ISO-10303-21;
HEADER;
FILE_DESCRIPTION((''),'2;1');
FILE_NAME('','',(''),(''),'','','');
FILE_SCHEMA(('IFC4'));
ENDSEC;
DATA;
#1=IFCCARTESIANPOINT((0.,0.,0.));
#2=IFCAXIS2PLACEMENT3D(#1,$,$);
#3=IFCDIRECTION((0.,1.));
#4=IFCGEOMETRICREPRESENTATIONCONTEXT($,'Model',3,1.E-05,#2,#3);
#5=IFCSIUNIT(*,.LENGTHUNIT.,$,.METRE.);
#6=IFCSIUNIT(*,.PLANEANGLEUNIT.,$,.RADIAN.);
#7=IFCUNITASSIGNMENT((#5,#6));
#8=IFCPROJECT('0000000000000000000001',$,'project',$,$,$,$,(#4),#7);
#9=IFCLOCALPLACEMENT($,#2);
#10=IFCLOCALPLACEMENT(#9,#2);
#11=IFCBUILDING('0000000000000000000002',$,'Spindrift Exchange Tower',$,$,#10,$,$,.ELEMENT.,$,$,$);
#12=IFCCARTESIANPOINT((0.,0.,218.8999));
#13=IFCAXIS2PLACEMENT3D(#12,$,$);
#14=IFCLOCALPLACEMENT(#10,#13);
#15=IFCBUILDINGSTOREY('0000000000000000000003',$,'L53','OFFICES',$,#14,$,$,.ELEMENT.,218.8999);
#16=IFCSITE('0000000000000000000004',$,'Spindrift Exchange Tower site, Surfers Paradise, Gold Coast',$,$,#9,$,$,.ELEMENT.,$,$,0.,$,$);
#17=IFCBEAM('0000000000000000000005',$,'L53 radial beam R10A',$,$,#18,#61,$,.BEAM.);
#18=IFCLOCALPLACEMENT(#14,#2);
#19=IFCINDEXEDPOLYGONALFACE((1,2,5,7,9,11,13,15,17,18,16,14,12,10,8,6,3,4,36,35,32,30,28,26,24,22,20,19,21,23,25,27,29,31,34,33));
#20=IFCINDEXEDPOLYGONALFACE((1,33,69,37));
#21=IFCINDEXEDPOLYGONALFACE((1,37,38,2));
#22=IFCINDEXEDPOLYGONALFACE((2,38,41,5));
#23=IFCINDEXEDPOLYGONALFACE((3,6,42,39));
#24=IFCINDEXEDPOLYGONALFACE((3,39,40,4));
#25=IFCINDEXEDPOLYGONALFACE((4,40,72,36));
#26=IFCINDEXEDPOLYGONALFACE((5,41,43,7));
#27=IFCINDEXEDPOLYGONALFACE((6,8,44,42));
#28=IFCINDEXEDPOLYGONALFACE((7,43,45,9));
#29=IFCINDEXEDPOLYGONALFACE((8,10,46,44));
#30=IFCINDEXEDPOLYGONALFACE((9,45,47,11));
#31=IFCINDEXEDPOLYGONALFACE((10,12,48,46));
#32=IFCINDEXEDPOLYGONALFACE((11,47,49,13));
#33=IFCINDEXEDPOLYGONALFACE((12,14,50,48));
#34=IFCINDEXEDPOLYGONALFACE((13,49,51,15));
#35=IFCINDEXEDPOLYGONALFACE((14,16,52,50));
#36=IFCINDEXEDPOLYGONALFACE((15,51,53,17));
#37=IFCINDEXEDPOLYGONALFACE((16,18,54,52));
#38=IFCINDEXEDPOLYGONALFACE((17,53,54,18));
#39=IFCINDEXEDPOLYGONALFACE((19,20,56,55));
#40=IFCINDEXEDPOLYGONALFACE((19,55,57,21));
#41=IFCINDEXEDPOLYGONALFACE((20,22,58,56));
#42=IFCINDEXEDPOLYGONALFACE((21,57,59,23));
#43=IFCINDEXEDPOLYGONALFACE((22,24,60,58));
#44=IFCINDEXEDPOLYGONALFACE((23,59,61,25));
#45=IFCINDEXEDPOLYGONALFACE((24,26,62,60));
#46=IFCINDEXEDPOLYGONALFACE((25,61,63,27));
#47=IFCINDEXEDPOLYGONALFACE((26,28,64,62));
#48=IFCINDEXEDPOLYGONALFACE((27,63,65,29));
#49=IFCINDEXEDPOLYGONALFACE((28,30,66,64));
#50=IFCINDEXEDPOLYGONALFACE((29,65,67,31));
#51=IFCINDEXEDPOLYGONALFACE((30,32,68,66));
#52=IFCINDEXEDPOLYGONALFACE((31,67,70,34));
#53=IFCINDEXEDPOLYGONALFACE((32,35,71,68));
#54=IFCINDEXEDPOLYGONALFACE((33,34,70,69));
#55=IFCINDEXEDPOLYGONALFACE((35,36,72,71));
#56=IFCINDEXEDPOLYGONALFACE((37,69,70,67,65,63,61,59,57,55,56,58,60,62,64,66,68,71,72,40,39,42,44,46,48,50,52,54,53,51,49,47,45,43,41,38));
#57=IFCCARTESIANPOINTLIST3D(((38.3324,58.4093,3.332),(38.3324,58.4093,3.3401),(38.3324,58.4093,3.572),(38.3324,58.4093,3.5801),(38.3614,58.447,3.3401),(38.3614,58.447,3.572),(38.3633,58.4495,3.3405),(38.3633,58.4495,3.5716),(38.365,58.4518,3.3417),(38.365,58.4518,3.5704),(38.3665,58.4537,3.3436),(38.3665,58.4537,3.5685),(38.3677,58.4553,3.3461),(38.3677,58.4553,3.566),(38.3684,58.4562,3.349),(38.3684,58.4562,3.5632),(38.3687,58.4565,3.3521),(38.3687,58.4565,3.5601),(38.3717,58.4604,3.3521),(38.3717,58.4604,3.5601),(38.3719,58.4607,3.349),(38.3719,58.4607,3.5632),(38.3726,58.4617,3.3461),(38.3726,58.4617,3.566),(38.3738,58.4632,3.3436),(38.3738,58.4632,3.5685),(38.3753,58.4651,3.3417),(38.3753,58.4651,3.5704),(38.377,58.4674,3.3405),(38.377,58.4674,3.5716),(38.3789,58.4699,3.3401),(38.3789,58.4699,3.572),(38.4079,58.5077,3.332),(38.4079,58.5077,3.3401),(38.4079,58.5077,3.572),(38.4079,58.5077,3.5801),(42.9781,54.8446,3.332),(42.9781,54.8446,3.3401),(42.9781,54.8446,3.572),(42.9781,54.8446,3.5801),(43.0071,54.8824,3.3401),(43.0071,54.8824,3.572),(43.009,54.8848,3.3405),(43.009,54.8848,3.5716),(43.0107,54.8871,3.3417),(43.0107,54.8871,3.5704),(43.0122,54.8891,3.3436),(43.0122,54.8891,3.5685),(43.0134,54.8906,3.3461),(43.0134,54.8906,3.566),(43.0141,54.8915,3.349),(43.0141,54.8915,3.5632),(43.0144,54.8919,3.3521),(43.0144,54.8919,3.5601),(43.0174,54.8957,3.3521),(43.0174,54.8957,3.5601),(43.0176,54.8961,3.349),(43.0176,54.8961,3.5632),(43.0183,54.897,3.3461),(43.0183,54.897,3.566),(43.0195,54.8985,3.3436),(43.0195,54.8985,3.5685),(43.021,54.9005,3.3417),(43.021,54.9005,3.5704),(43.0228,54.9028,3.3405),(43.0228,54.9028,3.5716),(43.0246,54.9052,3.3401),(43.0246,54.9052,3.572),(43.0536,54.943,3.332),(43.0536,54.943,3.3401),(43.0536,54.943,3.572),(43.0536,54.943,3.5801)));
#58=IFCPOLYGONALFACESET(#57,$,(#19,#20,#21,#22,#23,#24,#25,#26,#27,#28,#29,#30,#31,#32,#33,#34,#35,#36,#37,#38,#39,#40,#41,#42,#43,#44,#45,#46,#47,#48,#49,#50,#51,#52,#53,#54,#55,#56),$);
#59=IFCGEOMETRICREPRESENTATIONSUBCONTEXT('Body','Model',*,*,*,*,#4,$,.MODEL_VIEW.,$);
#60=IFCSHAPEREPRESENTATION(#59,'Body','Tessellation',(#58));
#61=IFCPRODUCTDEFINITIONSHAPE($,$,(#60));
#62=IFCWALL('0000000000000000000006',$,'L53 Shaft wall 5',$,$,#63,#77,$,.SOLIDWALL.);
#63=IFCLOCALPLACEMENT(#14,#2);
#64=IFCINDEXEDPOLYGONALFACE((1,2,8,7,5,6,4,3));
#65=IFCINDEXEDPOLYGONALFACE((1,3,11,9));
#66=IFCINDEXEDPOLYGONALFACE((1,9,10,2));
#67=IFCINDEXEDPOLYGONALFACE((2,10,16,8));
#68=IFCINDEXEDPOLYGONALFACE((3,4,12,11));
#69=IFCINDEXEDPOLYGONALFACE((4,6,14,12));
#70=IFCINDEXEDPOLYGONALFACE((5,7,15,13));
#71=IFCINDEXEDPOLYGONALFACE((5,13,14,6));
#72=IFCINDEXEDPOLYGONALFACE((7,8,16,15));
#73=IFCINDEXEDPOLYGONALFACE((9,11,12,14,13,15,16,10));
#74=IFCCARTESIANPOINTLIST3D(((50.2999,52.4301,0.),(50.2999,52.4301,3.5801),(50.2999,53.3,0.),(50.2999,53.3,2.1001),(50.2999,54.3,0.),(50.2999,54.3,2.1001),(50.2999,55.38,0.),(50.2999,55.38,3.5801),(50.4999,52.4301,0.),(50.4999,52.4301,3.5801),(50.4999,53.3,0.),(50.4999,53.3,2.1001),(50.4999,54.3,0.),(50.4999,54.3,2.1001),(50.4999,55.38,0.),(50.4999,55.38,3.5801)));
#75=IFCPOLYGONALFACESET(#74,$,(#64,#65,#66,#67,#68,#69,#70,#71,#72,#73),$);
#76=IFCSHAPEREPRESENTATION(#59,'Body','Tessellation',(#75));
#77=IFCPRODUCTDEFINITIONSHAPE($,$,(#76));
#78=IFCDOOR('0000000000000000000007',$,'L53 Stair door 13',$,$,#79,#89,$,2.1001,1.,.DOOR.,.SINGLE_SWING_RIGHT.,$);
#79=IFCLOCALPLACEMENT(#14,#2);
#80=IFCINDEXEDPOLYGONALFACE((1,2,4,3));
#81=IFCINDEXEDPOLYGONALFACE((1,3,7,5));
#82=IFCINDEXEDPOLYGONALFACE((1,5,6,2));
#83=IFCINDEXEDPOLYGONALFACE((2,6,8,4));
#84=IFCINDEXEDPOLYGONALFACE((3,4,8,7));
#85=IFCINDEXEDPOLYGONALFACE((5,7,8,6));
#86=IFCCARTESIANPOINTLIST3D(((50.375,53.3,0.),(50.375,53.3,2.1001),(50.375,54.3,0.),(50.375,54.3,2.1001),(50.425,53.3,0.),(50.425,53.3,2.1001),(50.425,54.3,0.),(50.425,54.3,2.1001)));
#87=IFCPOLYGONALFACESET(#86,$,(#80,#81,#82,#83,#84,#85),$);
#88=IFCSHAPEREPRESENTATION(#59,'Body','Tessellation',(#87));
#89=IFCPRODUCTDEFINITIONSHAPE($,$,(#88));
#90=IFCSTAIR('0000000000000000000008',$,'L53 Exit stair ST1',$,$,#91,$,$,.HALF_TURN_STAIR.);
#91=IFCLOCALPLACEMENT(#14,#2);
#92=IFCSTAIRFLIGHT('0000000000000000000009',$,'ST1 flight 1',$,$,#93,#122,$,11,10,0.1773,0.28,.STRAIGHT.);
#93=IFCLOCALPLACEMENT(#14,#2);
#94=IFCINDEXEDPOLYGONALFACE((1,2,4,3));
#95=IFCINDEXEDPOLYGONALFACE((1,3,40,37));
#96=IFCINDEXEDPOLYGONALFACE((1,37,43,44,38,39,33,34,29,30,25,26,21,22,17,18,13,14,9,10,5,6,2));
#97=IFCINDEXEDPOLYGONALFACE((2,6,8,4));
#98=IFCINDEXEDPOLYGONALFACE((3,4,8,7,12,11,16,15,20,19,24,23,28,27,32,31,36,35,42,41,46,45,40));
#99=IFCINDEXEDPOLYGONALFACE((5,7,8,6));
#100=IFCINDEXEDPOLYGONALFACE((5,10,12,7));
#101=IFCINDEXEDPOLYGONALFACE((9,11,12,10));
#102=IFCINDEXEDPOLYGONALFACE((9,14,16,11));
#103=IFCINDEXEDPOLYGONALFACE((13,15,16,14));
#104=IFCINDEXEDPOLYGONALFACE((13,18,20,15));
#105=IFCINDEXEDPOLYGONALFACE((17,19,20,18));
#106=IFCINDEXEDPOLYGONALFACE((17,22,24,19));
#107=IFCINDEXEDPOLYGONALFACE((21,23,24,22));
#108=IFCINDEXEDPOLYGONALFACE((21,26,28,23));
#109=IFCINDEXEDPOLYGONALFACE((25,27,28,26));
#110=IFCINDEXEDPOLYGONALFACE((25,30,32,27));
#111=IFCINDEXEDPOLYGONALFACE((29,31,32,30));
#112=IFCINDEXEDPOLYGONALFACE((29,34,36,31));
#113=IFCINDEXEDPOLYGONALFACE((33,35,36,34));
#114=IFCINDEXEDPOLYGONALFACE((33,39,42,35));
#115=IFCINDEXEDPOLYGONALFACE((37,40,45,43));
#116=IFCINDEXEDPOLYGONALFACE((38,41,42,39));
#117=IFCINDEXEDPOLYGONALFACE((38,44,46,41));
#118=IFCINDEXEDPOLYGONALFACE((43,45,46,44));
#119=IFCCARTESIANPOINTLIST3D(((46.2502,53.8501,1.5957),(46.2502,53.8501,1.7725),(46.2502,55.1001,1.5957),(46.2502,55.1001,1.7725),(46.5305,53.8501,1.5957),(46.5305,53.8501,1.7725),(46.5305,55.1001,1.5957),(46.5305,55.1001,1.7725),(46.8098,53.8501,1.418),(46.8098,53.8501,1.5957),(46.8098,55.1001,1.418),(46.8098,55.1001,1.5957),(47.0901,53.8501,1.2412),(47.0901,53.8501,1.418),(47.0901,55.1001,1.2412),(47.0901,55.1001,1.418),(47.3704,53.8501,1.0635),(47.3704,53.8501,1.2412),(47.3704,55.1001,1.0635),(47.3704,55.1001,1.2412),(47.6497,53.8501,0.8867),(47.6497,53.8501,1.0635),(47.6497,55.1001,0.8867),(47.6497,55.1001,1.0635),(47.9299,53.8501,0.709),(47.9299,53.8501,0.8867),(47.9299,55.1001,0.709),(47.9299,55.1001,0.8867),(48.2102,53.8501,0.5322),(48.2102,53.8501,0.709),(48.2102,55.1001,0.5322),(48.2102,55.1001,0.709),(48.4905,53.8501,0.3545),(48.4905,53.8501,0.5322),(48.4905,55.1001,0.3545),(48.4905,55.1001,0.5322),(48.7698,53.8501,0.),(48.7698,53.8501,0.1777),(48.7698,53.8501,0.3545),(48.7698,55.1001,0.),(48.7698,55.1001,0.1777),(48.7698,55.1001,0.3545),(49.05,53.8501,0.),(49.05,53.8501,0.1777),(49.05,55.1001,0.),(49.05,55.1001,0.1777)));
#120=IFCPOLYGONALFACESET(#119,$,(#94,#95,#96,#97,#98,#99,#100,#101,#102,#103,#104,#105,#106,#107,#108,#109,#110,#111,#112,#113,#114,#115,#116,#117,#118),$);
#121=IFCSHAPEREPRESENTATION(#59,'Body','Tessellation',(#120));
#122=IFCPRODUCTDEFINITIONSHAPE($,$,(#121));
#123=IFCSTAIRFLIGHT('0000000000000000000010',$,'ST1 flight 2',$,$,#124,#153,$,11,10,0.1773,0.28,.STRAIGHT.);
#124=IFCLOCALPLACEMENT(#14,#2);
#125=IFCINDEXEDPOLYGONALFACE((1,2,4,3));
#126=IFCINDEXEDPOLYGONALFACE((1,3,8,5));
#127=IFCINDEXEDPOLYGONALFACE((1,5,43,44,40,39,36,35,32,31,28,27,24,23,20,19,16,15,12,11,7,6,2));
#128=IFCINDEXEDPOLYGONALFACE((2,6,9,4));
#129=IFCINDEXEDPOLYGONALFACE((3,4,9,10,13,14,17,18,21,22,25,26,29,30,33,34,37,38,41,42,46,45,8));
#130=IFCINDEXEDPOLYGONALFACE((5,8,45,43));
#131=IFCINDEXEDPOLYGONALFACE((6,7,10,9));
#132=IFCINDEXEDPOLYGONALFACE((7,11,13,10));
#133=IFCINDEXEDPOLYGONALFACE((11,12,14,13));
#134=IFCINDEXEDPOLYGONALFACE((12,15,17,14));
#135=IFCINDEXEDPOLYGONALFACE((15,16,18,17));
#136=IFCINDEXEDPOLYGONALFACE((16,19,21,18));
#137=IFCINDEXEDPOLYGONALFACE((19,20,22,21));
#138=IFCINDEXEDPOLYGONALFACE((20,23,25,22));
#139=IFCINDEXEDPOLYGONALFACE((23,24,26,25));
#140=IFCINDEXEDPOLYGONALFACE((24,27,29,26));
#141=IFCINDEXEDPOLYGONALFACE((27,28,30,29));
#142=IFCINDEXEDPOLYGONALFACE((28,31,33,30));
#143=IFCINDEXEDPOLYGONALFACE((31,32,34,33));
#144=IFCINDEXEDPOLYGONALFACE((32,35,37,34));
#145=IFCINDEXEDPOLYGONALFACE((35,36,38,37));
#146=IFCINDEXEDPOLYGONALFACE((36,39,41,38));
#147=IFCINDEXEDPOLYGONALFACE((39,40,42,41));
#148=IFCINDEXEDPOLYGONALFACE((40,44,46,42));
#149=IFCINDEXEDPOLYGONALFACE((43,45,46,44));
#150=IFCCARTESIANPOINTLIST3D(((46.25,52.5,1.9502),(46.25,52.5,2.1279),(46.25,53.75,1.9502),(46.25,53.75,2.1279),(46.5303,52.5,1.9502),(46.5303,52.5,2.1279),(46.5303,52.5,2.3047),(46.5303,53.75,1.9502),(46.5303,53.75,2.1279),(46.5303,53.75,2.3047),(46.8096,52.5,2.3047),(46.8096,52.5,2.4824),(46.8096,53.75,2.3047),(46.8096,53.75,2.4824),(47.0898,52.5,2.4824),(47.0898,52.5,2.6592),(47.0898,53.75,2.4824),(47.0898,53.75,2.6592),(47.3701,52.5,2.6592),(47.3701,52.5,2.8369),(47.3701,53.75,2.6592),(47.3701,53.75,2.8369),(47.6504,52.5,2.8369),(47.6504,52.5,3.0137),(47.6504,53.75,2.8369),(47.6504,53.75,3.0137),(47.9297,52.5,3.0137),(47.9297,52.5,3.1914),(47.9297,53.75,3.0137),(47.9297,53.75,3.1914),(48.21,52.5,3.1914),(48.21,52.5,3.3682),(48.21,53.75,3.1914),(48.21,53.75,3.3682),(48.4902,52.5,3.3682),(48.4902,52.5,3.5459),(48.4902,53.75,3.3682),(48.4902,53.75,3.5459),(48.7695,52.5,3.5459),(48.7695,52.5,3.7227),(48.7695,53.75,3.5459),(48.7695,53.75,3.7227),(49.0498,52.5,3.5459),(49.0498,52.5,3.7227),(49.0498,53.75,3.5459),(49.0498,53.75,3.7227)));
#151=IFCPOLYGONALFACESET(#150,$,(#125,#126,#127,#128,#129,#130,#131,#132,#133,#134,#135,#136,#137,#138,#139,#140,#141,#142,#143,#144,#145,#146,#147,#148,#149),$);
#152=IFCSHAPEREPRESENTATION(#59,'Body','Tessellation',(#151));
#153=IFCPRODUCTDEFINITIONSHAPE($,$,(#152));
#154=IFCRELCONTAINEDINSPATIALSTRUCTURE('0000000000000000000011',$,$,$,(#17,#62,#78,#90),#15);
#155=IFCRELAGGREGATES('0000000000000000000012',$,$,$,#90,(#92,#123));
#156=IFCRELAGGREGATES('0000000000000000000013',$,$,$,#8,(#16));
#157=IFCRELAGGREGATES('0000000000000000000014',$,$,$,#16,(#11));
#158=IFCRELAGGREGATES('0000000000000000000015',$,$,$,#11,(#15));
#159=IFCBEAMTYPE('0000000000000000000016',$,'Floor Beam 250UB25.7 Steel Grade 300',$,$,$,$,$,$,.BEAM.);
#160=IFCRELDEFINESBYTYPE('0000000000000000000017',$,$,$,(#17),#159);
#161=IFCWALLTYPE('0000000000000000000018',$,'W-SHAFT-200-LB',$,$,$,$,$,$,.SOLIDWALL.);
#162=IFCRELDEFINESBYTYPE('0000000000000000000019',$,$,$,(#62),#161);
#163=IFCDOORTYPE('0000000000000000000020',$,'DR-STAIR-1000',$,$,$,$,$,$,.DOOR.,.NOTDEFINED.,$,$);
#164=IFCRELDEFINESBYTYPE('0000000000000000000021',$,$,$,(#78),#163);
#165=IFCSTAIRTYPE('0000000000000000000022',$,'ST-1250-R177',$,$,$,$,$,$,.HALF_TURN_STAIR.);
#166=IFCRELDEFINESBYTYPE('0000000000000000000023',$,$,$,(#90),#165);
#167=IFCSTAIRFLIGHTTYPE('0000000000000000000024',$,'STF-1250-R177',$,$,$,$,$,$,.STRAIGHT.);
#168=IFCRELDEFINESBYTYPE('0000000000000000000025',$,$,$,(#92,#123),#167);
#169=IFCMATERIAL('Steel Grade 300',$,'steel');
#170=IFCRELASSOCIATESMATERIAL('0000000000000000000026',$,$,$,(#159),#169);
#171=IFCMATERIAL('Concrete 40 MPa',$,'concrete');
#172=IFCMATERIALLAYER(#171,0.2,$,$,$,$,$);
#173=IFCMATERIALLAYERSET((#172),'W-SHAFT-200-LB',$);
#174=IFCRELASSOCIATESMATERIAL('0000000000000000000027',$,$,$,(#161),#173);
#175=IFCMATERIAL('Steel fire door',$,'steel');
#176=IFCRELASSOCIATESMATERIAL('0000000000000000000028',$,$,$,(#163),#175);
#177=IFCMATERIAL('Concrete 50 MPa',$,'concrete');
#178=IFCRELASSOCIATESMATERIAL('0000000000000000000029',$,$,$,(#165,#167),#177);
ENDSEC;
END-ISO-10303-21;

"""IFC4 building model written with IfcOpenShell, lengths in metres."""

from ifc_helpers import new_model, si_unit, direction, frame, frame_2d, origin, origin_2d, place, context, subcontext, project, spatial, line, indexed_curve, rectangle, i_section, outline, extrude, source, transform, mapped, material, layer, layer_set, material_profile, profile_set, type_object, element, fill, aggregate, save


model = new_model("IFC4")

# Units and contexts
model_context = context("Model", 3, precision=1e-05, world=origin(), true_north=direction((0.0, 1.0)))
body_context = subcontext(model_context, "Body", "Model", "MODEL_VIEW")
ifc_project = project(units=[si_unit("LENGTHUNIT", "METRE"), si_unit("PLANEANGLEUNIT", "RADIAN")], contexts=[model_context])

# Site, building, storey
site_placement = place(None, origin())
site = spatial("IfcSite", under=ifc_project, at=site_placement, Name="Spindrift Exchange Tower site, Surfers Paradise, Gold Coast", CompositionType="ELEMENT", RefElevation=0.0)
building_placement = place(site_placement, origin())
building = spatial("IfcBuilding", under=site, at=building_placement, Name="Spindrift Exchange Tower", CompositionType="ELEMENT")
storey_placement = place(building_placement, frame((0.0, 0.0, 218.8999)))
storey = spatial("IfcBuildingStorey", under=building, at=storey_placement, Name="L53", Description="OFFICES", CompositionType="ELEMENT", Elevation=218.8999)

# Beam
ifc_material_1 = material(Name="Steel Grade 300", Category="steel")
ifc_material_profile = material_profile(ifc_material_1, i_section(OverallWidth=0.124, OverallDepth=0.248, WebThickness=0.0049, FlangeThickness=0.0081, FilletRadius=0.012, at=origin_2d()), Name="250UB25.7")
ifc_profile_set = profile_set([ifc_material_profile], Name="Steel Grade 300")
beam_type = type_object("IfcBeamType", Name="Floor Beam 250UB25.7 Steel Grade 300", PredefinedType="BEAM", material=ifc_profile_set)
shared_shape_1 = source(origin(), body_context, "Body", "SweptSolid", [
    extrude(i_section(OverallWidth=0.124, OverallDepth=0.248, WebThickness=0.0049, FlangeThickness=0.0081, FilletRadius=0.012, at=origin_2d()), origin(), (0.0, 0.0, 1.0), 5.8557),
])
beam_placement = place(storey_placement, frame((43.0159, 54.8938, 3.4561), z_axis=(-0.793363, 0.608749, 0.0), x_axis=(-0.608749, -0.793363, 0.0)))
element("IfcBeam", 1, at=beam_placement, inside=storey, type_object=beam_type, Name="L53 radial beam R10A", PredefinedType="BEAM", context=body_context, shape_type="MappedRepresentation", body=[
    mapped(shared_shape_1, transform((0.0, 0.0, 0.0), scale=1.0)),
])

# Wall, opening, door
ifc_material_2 = material(Name="Concrete 40 MPa", Category="concrete")
ifc_layer = layer(ifc_material_2, 0.2)
ifc_layer_set = layer_set([ifc_layer], Name="W-SHAFT-200-LB")
wall_type = type_object("IfcWallType", Name="W-SHAFT-200-LB", PredefinedType="SOLIDWALL", material=ifc_layer_set)
wall_placement = place(storey_placement, frame((50.3999, 52.4299, 0.0), z_axis=(0.0, 0.0, 1.0), x_axis=(0.0, 1.0, 0.0)))
wall = element("IfcWall", 2, at=wall_placement, inside=storey, type_object=wall_type, Name="L53 Shaft wall 5", PredefinedType="SOLIDWALL", context=body_context, shape_type="SweptSolid", body=[
    extrude(rectangle(XDim=2.95, YDim=0.2, at=frame_2d((1.4751, 0.0))), origin(), (0.0, 0.0, 1.0), 3.5801),
])
opening_placement = place(wall_placement, frame((0.8701, 0.0, 0.0)))
opening = element("IfcOpeningElement", 3, at=opening_placement, cuts=wall, PredefinedType="OPENING", context=body_context, shape_type="SweptSolid", body=[
    extrude(rectangle(XDim=1.0, YDim=2.1001, at=frame_2d((0.5, 1.05))), frame((0.0, 0.1099, 0.0), z_axis=(0.0, -1.0, 0.0), x_axis=(1.0, 0.0, 0.0)), (0.0, 0.0, 1.0), 0.22),
])
ifc_material_3 = material(Name="Steel fire door", Category="steel")
door_type = type_object("IfcDoorType", Name="DR-STAIR-1000", OperationType="NOTDEFINED", PredefinedType="DOOR", material=ifc_material_3)
shared_shape_2 = source(origin(), body_context, "Body", "SweptSolid", [
    extrude(rectangle(XDim=1.0, YDim=2.1001, at=frame_2d((0.5, 1.05))), frame((0.0, 0.0249, 0.0), z_axis=(0.0, -1.0, 0.0), x_axis=(1.0, 0.0, 0.0)), (0.0, 0.0, 1.0), 0.05),
])
door_placement = place(opening_placement, origin())
door = element("IfcDoor", 4, at=door_placement, inside=storey, type_object=door_type, Name="L53 Stair door 13", OperationType="SINGLE_SWING_RIGHT", OverallHeight=2.1001, OverallWidth=1.0, PredefinedType="DOOR", context=body_context, shape_type="MappedRepresentation", body=[
    mapped(shared_shape_2, transform((0.0, 0.0, 0.0), scale=1.0)),
])
fill(opening, door)

# Stair, stair flights
ifc_material_4 = material(Name="Concrete 50 MPa", Category="concrete")
stair_type = type_object("IfcStairType", Name="ST-1250-R177", PredefinedType="HALF_TURN_STAIR", material=ifc_material_4)
stair_placement = place(storey_placement, origin())
stair = element("IfcStair", 5, at=stair_placement, inside=storey, type_object=stair_type, Name="L53 Exit stair ST1", PredefinedType="HALF_TURN_STAIR")
stair_flight_type = type_object("IfcStairFlightType", Name="STF-1250-R177", PredefinedType="STRAIGHT", material=ifc_material_4)
stair_flight_1_placement = place(storey_placement, frame((49.05, 54.4751, 0.0), z_axis=(0.0, 0.0, 1.0), x_axis=(-1.0, 0.0, 0.0)))
stair_flight_1 = element("IfcStairFlight", 6, at=stair_flight_1_placement, type_object=stair_flight_type, Name="ST1 flight 1", NumberOfRisers=11, NumberOfTreads=10, PredefinedType="STRAIGHT", RiserHeight=0.1773, TreadLength=0.28, context=body_context, shape_type="SweptSolid", body=[
    extrude(outline(indexed_curve([(0.0, 0.0), (0.0, 0.1777), (0.2803, 0.1777), (0.2803, 0.3545), (0.5596, 0.3545), (0.5596, 0.5322), (0.8398, 0.5322), (0.8398, 0.709), (1.1201, 0.709), (1.1201, 0.8867), (1.4004, 0.8867), (1.4004, 1.0635), (1.6797, 1.0635), (1.6797, 1.2412), (1.96, 1.2412), (1.96, 1.418), (2.2402, 1.418), (2.2402, 1.5957), (2.5195, 1.5957), (2.5195, 1.7725), (2.7998, 1.7725), (2.7998, 1.9502), (2.7998, 1.5957), (0.2803, 0.0)], segments=[line(1, 2, 3, 4, 5, 6, 7, 8, 9, 10, 11, 12, 13, 14, 15, 16, 17, 18, 19, 20, 21, 22, 23, 24, 1)], self_intersect=False)), frame((0.0, 0.625, 0.0), z_axis=(0.0, -1.0, 0.0), x_axis=(1.0, 0.0, 0.0)), (0.0, 0.0, 1.0), 1.25),
])
stair_flight_2_placement = place(storey_placement, frame((46.25, 53.125, 1.9502), z_axis=(0.0, 0.0, 1.0), x_axis=(1.0, 0.0, 0.0)))
stair_flight_2 = element("IfcStairFlight", 7, at=stair_flight_2_placement, type_object=stair_flight_type, Name="ST1 flight 2", NumberOfRisers=11, NumberOfTreads=10, PredefinedType="STRAIGHT", RiserHeight=0.1773, TreadLength=0.28, context=body_context, shape_type="SweptSolid", body=[
    extrude(outline(indexed_curve([(0.0, 0.0), (0.0, 0.1777), (0.2803, 0.1777), (0.2803, 0.3545), (0.5596, 0.3545), (0.5596, 0.5322), (0.8398, 0.5322), (0.8398, 0.709), (1.1201, 0.709), (1.1201, 0.8867), (1.4004, 0.8867), (1.4004, 1.0635), (1.6797, 1.0635), (1.6797, 1.2412), (1.96, 1.2412), (1.96, 1.418), (2.2402, 1.418), (2.2402, 1.5957), (2.5195, 1.5957), (2.5195, 1.7725), (2.7998, 1.7725), (2.7998, 1.9502), (2.7998, 1.5957), (0.2803, 0.0)], segments=[line(1, 2, 3, 4, 5, 6, 7, 8, 9, 10, 11, 12, 13, 14, 15, 16, 17, 18, 19, 20, 21, 22, 23, 24, 1)], self_intersect=False)), frame((0.0, 0.625, 0.0), z_axis=(0.0, -1.0, 0.0), x_axis=(1.0, 0.0, 0.0)), (0.0, 0.0, 1.0), 1.25),
])
aggregate(stair, [stair_flight_1, stair_flight_2])

save(model, "model.ifc")
